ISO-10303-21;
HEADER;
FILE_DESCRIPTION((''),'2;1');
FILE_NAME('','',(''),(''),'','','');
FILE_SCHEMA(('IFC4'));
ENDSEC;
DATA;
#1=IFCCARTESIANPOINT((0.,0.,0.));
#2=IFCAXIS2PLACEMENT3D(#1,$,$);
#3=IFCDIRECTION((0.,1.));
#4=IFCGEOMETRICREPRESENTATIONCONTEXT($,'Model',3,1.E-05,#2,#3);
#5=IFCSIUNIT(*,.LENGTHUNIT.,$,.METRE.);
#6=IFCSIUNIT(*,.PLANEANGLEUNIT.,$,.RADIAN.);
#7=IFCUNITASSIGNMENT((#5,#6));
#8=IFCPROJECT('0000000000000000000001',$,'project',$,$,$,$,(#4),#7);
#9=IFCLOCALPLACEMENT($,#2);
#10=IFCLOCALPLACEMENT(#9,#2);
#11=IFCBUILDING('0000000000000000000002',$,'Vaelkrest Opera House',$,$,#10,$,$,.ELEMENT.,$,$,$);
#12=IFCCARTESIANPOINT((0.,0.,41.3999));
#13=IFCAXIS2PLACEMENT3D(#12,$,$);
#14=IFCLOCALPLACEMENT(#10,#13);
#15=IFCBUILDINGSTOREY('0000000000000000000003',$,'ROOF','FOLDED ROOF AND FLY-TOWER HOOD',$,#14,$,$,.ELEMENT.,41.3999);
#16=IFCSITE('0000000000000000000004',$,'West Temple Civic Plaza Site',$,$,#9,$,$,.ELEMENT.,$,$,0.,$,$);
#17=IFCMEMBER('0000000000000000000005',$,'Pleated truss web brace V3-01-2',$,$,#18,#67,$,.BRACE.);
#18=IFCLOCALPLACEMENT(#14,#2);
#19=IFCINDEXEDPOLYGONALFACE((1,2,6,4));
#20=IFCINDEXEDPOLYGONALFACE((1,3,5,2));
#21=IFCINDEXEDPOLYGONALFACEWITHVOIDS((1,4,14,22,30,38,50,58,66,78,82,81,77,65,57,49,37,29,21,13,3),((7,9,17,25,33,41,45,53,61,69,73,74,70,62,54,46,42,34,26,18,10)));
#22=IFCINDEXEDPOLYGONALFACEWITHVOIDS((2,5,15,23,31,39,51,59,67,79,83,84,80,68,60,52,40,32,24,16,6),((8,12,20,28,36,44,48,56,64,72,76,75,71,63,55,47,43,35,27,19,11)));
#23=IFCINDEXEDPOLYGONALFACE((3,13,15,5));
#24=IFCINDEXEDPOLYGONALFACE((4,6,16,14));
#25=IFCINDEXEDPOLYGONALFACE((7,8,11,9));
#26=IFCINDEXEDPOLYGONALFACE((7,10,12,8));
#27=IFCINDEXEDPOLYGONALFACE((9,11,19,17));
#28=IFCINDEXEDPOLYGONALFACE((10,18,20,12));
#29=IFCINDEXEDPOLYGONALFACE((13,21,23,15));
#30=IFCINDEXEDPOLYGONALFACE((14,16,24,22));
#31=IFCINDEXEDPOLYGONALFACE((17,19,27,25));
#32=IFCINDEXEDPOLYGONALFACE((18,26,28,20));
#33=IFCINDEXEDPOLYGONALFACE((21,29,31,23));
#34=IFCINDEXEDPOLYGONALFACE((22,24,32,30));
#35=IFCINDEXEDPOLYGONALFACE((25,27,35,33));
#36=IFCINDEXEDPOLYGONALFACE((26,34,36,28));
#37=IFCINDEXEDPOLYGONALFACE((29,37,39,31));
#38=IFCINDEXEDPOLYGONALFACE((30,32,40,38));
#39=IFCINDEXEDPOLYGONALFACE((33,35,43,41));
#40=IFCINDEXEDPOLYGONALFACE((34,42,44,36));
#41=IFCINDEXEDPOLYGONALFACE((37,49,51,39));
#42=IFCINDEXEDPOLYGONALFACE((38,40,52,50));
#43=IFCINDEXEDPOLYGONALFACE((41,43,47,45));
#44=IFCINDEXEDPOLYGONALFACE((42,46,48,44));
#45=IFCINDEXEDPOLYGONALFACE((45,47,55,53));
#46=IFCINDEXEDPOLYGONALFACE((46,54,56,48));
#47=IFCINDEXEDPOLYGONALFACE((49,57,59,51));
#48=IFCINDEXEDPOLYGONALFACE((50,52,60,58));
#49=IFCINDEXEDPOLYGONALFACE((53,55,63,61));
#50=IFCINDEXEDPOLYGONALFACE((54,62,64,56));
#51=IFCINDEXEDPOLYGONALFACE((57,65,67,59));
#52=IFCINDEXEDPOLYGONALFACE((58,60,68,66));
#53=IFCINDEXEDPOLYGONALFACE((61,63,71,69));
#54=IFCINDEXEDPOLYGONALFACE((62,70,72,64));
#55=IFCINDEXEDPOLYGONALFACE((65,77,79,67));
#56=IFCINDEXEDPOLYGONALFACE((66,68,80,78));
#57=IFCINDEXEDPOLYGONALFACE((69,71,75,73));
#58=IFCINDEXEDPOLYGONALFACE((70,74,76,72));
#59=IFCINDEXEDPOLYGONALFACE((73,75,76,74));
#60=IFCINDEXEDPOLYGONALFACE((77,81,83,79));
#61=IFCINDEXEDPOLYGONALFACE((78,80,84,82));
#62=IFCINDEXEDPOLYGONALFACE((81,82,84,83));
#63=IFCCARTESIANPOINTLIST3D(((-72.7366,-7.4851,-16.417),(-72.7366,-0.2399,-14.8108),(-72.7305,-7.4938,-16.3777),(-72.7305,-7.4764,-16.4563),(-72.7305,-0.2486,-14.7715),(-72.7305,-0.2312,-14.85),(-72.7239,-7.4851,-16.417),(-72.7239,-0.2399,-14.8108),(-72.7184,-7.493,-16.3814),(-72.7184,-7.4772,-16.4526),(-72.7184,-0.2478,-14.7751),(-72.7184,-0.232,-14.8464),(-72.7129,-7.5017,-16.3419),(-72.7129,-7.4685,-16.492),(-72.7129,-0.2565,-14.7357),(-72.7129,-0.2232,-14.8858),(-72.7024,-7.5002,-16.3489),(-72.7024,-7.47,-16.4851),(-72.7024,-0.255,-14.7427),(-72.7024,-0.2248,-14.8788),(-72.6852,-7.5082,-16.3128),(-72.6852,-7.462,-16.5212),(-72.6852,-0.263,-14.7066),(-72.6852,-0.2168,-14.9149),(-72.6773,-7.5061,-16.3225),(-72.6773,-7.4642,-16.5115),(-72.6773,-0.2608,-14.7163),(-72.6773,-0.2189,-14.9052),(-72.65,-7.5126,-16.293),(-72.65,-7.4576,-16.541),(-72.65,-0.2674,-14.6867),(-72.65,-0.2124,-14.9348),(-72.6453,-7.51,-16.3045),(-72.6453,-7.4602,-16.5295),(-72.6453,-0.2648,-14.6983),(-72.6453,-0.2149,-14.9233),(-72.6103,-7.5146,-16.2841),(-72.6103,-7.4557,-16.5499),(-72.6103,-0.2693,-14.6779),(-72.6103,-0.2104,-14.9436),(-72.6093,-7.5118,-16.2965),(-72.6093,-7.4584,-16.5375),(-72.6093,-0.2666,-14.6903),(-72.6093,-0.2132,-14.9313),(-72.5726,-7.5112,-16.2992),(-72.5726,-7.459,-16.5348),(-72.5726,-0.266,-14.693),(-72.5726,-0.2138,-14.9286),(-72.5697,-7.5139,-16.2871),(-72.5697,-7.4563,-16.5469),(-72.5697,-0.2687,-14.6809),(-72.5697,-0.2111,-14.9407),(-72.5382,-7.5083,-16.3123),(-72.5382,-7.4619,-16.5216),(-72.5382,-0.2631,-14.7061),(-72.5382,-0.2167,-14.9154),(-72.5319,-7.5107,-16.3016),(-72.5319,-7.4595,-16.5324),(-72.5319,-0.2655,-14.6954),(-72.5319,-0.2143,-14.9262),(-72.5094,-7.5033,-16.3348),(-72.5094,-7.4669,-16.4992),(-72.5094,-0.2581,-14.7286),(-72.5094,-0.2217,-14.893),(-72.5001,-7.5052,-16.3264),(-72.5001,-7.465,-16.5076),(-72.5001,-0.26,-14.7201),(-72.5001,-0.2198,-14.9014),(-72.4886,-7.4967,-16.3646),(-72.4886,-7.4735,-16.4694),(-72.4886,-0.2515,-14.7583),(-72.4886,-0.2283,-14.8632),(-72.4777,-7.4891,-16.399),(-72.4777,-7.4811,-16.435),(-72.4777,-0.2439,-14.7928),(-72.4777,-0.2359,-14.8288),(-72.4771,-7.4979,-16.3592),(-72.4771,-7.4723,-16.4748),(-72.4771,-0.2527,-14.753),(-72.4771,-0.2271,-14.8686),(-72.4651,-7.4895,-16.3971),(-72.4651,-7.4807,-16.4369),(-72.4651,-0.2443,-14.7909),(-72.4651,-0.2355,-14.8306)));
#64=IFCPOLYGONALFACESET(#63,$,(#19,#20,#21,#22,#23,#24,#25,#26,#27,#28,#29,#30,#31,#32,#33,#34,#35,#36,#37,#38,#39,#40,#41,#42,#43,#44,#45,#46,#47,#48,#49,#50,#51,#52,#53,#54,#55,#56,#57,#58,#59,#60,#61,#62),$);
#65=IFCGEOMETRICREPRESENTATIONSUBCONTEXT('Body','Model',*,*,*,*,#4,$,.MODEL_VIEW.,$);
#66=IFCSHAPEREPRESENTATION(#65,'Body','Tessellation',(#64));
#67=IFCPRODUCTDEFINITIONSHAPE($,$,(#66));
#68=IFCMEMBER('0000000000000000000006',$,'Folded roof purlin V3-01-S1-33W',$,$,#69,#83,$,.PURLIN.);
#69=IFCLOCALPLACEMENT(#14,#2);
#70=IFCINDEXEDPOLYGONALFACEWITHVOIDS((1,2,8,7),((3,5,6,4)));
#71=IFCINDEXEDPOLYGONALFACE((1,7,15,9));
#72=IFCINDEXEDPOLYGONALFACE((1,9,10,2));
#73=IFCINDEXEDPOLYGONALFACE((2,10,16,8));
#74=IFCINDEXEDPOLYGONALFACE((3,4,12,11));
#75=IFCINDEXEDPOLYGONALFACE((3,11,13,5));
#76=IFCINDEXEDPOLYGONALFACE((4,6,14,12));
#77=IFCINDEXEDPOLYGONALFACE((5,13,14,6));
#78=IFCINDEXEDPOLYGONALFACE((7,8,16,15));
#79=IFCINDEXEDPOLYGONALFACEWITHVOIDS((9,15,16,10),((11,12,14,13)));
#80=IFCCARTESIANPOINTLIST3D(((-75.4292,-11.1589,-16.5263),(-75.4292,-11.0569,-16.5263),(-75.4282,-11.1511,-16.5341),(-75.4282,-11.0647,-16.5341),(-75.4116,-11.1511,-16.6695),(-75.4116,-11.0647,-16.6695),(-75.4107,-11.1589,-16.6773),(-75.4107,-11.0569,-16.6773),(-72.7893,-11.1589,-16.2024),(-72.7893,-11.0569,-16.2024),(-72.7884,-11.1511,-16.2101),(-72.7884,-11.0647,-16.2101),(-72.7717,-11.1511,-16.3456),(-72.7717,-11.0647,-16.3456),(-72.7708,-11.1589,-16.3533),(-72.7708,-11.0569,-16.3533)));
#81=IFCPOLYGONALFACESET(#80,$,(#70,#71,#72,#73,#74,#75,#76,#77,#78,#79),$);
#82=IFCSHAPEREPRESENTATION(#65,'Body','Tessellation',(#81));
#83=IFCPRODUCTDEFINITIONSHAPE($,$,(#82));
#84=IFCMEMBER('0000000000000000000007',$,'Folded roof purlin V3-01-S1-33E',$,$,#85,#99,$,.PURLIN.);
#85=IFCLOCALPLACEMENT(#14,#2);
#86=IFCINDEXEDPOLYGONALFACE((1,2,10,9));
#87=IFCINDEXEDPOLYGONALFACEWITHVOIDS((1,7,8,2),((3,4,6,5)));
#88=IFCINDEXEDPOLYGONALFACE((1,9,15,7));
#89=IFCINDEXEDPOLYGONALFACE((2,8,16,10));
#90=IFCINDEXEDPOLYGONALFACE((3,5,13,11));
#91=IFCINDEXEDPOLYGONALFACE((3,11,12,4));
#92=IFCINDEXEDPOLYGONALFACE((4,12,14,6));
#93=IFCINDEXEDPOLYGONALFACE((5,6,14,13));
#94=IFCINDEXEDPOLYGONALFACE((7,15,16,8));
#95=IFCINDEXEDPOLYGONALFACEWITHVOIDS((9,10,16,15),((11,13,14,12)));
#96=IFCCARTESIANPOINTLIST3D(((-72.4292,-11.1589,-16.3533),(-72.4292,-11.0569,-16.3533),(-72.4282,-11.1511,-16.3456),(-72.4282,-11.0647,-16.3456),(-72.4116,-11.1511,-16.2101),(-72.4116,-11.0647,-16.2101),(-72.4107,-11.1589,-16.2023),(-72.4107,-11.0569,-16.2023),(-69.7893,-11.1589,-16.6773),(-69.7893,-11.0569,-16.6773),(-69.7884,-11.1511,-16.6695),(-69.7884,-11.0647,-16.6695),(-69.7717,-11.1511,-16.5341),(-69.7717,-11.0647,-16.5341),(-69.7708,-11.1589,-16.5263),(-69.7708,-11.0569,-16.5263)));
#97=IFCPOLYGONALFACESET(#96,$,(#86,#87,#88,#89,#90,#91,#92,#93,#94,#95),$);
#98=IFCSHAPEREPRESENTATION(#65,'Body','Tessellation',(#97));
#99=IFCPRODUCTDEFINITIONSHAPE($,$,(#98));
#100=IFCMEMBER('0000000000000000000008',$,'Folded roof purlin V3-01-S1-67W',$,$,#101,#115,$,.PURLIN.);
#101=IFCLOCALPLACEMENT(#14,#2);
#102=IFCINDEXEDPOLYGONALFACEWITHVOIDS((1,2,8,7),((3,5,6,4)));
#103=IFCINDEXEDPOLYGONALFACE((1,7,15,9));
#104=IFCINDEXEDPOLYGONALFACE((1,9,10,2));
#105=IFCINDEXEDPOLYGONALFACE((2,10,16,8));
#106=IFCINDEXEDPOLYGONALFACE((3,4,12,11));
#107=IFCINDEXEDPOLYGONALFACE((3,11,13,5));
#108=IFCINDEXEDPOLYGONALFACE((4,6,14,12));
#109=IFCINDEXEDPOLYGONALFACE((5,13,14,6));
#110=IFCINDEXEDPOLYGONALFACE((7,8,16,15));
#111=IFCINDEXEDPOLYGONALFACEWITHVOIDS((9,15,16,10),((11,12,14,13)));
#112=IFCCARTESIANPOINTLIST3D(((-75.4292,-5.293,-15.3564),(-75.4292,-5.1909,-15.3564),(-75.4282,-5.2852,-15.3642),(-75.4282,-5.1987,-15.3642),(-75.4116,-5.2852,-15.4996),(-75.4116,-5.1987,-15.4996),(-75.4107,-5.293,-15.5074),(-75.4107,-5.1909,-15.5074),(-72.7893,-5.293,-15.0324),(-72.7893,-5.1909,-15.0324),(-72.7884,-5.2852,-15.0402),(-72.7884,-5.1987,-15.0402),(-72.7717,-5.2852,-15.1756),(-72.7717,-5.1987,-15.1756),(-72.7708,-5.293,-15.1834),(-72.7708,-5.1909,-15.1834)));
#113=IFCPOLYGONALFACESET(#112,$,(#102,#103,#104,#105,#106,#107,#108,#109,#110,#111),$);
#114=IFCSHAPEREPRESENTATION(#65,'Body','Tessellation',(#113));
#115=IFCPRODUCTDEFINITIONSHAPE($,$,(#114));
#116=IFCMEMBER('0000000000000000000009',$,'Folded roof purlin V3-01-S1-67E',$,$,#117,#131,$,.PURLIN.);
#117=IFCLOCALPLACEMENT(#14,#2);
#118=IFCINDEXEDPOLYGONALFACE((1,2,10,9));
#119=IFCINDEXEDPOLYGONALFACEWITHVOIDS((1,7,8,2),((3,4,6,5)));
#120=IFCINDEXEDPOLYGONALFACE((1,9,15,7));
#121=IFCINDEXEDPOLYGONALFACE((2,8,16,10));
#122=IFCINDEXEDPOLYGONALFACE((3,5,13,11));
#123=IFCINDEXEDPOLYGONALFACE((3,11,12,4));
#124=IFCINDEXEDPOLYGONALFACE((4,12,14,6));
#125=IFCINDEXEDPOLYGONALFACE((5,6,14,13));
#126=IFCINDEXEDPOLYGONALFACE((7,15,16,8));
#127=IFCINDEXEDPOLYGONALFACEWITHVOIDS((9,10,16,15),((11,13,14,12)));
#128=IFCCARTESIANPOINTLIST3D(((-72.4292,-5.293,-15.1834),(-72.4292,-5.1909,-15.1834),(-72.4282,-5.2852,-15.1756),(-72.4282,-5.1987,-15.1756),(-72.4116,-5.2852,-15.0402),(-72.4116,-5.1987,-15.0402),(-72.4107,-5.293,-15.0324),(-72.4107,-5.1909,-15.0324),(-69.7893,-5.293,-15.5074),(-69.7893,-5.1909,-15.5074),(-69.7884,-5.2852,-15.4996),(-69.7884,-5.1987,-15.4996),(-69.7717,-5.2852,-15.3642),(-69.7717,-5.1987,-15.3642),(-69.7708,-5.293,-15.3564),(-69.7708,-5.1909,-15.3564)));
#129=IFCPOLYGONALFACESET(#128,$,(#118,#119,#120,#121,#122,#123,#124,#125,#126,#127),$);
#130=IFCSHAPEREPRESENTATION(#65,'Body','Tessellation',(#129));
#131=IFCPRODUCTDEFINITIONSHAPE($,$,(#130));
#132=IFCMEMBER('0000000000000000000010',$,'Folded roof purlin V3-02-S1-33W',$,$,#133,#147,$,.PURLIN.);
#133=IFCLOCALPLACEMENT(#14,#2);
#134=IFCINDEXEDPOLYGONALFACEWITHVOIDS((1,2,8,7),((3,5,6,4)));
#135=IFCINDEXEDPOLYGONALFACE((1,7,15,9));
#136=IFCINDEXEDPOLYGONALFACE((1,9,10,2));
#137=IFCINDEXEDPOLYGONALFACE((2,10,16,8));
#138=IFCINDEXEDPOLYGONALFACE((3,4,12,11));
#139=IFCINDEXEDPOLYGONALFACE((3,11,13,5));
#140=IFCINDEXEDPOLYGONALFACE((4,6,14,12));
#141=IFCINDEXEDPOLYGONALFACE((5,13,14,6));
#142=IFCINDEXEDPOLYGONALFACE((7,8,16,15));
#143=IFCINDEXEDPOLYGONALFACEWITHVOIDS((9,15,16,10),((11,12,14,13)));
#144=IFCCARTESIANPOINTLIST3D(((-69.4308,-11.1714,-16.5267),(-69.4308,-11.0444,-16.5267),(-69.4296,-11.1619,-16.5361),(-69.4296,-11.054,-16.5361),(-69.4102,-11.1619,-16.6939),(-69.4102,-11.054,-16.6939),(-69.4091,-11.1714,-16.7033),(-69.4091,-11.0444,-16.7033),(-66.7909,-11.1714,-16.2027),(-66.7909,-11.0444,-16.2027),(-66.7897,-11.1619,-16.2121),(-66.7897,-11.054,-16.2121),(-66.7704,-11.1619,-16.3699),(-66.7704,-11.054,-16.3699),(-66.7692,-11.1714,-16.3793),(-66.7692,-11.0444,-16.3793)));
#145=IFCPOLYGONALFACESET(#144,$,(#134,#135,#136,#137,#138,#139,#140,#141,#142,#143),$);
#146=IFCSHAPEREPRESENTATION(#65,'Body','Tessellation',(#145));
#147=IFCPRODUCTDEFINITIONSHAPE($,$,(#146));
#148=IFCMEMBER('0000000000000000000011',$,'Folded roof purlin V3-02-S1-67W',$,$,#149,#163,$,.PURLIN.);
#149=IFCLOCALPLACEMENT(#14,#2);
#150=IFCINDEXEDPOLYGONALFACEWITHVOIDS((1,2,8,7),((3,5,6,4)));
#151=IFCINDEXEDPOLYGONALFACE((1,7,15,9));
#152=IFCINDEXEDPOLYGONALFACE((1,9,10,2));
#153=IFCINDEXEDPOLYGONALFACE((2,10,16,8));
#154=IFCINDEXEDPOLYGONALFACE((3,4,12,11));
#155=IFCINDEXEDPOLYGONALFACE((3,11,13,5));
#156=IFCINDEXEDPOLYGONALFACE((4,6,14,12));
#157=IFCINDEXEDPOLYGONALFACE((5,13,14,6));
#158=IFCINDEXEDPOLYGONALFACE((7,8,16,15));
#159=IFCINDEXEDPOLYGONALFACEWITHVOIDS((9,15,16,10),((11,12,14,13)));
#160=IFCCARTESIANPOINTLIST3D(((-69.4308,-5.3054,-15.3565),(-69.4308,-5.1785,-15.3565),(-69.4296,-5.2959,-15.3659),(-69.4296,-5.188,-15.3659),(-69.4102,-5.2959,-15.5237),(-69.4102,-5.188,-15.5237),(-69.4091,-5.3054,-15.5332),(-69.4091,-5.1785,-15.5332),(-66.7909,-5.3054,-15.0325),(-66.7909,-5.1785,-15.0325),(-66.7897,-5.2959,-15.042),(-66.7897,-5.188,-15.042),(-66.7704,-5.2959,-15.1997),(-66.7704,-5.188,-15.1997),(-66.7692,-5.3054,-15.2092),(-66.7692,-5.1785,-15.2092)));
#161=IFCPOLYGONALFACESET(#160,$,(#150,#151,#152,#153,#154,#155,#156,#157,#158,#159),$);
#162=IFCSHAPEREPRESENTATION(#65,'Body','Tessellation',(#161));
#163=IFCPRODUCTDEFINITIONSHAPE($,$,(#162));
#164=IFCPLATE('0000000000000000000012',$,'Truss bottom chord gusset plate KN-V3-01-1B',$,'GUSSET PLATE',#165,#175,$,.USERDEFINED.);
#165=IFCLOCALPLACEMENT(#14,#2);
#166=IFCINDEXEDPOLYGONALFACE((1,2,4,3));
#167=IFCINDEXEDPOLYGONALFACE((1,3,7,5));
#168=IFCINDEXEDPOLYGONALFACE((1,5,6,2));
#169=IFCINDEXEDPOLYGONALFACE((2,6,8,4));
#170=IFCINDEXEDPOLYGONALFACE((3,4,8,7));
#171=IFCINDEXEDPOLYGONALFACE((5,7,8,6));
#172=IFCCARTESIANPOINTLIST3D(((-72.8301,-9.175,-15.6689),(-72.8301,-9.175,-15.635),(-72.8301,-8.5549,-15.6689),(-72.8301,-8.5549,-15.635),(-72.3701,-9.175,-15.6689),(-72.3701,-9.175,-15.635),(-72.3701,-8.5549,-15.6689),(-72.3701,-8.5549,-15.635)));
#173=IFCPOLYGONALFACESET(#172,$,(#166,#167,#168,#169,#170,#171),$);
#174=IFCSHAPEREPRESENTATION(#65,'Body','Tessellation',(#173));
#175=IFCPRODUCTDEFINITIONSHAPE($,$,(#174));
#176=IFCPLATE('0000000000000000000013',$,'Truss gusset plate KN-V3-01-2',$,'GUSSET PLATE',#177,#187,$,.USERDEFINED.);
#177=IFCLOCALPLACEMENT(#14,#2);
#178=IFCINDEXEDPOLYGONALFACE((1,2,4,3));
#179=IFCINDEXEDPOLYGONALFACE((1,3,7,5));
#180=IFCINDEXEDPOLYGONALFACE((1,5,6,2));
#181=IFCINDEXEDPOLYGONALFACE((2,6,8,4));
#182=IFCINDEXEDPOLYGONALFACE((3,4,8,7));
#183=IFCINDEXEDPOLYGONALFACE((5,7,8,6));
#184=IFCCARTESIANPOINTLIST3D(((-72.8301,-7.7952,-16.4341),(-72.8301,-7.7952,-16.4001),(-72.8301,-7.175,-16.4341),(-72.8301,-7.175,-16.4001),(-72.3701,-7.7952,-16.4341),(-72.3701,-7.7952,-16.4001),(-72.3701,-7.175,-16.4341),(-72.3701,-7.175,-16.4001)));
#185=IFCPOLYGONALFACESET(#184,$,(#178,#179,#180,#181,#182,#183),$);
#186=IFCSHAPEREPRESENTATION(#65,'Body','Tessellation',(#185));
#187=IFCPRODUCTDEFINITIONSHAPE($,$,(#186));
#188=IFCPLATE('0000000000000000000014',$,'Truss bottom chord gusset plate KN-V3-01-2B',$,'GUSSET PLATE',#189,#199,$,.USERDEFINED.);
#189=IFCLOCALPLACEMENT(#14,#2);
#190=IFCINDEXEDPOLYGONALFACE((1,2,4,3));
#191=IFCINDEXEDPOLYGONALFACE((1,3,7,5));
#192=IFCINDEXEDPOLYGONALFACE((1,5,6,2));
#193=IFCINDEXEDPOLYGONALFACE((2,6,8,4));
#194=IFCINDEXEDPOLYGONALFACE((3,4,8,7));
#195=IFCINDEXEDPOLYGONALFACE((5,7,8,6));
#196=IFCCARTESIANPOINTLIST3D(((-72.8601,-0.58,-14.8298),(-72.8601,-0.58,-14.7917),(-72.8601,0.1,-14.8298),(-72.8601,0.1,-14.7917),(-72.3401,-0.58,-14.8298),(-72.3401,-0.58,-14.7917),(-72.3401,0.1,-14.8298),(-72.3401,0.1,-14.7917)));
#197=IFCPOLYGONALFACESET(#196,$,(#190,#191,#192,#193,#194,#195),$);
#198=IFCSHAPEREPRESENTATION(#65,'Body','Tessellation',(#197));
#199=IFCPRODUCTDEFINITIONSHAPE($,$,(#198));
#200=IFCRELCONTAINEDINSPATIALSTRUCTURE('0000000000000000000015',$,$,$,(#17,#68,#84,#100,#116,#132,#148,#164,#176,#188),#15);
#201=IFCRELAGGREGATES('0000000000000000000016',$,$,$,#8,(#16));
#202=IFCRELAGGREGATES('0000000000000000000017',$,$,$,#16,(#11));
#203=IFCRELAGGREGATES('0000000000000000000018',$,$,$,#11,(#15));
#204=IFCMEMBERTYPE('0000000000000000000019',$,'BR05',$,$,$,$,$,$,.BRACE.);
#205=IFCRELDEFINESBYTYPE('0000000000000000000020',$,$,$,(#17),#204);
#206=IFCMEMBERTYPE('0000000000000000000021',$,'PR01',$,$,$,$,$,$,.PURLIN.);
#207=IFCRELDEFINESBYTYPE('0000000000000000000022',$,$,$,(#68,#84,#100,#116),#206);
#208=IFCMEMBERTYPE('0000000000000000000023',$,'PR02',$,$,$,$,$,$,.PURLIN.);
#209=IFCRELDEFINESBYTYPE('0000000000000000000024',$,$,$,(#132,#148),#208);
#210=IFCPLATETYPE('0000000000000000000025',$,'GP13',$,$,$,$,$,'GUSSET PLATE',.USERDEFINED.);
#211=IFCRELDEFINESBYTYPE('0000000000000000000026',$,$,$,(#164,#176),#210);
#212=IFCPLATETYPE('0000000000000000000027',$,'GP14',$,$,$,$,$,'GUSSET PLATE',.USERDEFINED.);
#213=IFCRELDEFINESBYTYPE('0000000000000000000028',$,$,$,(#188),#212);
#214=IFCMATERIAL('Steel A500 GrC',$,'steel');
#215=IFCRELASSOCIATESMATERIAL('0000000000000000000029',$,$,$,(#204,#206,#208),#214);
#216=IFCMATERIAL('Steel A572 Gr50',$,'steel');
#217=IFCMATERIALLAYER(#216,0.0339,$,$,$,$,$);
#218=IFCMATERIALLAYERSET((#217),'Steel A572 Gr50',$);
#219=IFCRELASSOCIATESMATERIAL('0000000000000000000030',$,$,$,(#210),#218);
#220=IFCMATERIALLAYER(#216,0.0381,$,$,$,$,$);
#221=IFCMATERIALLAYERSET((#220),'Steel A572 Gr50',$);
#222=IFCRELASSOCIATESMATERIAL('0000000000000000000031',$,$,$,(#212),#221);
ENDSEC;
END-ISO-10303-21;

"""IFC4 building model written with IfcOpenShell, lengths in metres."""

from ifc_helpers import new_model, si_unit, direction, frame, origin, origin_2d, place, context, subcontext, project, spatial, rectangle, hollow_rectangle, hollow_circle, extrude, material, layer, layer_set, material_profile, profile_set, type_object, element, save


model = new_model("IFC4")

# Units and contexts
model_context = context("Model", 3, precision=1e-05, world=origin(), true_north=direction((0.0, 1.0)))
body_context = subcontext(model_context, "Body", "Model", "MODEL_VIEW")
ifc_project = project(units=[si_unit("LENGTHUNIT", "METRE"), si_unit("PLANEANGLEUNIT", "RADIAN")], contexts=[model_context])

# Site, building, storey
site_placement = place(None, origin())
site = spatial("IfcSite", under=ifc_project, at=site_placement, Name="West Temple Civic Plaza Site", CompositionType="ELEMENT", RefElevation=0.0)
building_placement = place(site_placement, origin())
building = spatial("IfcBuilding", under=site, at=building_placement, Name="Vaelkrest Opera House", CompositionType="ELEMENT")
storey_placement = place(building_placement, frame((0.0, 0.0, 41.3999)))
storey = spatial("IfcBuildingStorey", under=building, at=storey_placement, Name="ROOF", Description="FOLDED ROOF AND FLY-TOWER HOOD", CompositionType="ELEMENT", Elevation=41.3999)

# Members
ifc_material_1 = material(Name="Steel A500 GrC", Category="steel")
ifc_material_profile_1 = material_profile(ifc_material_1, hollow_circle(Radius=0.1365, WallThickness=0.0127, at=origin_2d()), Name="HSS273.1X12.7")
ifc_profile_set_1 = profile_set([ifc_material_profile_1], Name="Steel A500 GrC")
member_type_1 = type_object("IfcMemberType", Name="BR05", PredefinedType="BRACE", material=ifc_profile_set_1)
member_placement = place(storey_placement, frame((-72.6001, -7.4851, -16.417), z_axis=(0.0, 0.976296, 0.216439), x_axis=(-1.0, 0.0, 0.0)))
element("IfcMember", 1, at=member_placement, inside=storey, type_object=member_type_1, Name="Pleated truss web brace V3-01-2", PredefinedType="BRACE", context=body_context, shape_type="SweptSolid", body=[
    extrude(hollow_circle(Radius=0.1365, WallThickness=0.0127, at=origin_2d()), origin(), (0.0, 0.0, 1.0), 7.4211),
])
ifc_material_profile_2 = material_profile(ifc_material_1, hollow_rectangle(XDim=0.1021, YDim=0.1521, WallThickness=0.0078, at=origin_2d()), Name="HSS152X102X8")
ifc_profile_set_2 = profile_set([ifc_material_profile_2], Name="Steel A500 GrC")
member_type_2 = type_object("IfcMemberType", Name="PR01", PredefinedType="PURLIN", material=ifc_profile_set_2)
for number, where, z_axis, x_axis, name in (
    (2, (-75.4199, -11.1079, -16.6018), (0.992554, 0.0, 0.121809), (0.0, 1.0, 0.0), "Folded roof purlin V3-01-S1-33W"),
    (3, (-72.4199, -11.1079, -16.2778), (0.992554, 0.0, -0.121809), (0.0, 1.0, 0.0), "Folded roof purlin V3-01-S1-33E"),
    (4, (-75.4199, -5.2419, -15.4319), (0.992554, 0.0, 0.121809), (0.0, 1.0, 0.0), "Folded roof purlin V3-01-S1-67W"),
    (5, (-72.4199, -5.2419, -15.1079), (0.992554, 0.0, -0.121809), (0.0, 1.0, 0.0), "Folded roof purlin V3-01-S1-67E"),
):
    element("IfcMember", number, at=place(storey_placement, frame(where, z_axis=z_axis, x_axis=x_axis)), inside=storey, type_object=member_type_2, Name=name, PredefinedType="PURLIN", context=body_context, shape_type="SweptSolid", body=[
        extrude(hollow_rectangle(XDim=0.1021, YDim=0.1521, WallThickness=0.0078, at=origin_2d()), origin(), (0.0, 0.0, 1.0), 2.6597),
    ])
ifc_material_profile_3 = material_profile(ifc_material_1, hollow_rectangle(XDim=0.127, YDim=0.178, WallThickness=0.0095, at=origin_2d()), Name="HSS178X127X9.5")
ifc_profile_set_3 = profile_set([ifc_material_profile_3], Name="Steel A500 GrC")
member_type_3 = type_object("IfcMemberType", Name="PR02", PredefinedType="PURLIN", material=ifc_profile_set_3)
for number, where, z_axis, x_axis, name in (
    (6, (-69.4199, -11.1079, -16.615), (0.992554, 0.0, 0.121809), (0.0, 1.0, 0.0), "Folded roof purlin V3-02-S1-33W"),
    (7, (-69.4199, -5.2419, -15.4448), (0.992554, 0.0, 0.121809), (0.0, 1.0, 0.0), "Folded roof purlin V3-02-S1-67W"),
):
    element("IfcMember", number, at=place(storey_placement, frame(where, z_axis=z_axis, x_axis=x_axis)), inside=storey, type_object=member_type_3, Name=name, PredefinedType="PURLIN", context=body_context, shape_type="SweptSolid", body=[
        extrude(hollow_rectangle(XDim=0.127, YDim=0.178, WallThickness=0.0095, at=origin_2d()), origin(), (0.0, 0.0, 1.0), 2.6597),
    ])

# Plates
ifc_material_2 = material(Name="Steel A572 Gr50", Category="steel")
ifc_layer_1 = layer(ifc_material_2, 0.0339)
ifc_layer_set_1 = layer_set([ifc_layer_1], Name="Steel A572 Gr50")
plate_type_1 = type_object("IfcPlateType", Name="GP13", ElementType="GUSSET PLATE", PredefinedType="USERDEFINED", material=ifc_layer_set_1)
for number, where, z_axis, x_axis, name in (
    (8, (-72.6001, -8.865, -15.6689), (0.0, 0.0, 1.0), (0.0, 1.0, 0.0), "Truss bottom chord gusset plate KN-V3-01-1B"),
    (9, (-72.6001, -7.4851, -16.4341), (0.0, 0.0, 1.0), (0.0, 1.0, 0.0), "Truss gusset plate KN-V3-01-2"),
):
    element("IfcPlate", number, at=place(storey_placement, frame(where, z_axis=z_axis, x_axis=x_axis)), inside=storey, type_object=plate_type_1, Name=name, ObjectType="GUSSET PLATE", PredefinedType="USERDEFINED", context=body_context, shape_type="SweptSolid", body=[
        extrude(rectangle(XDim=0.6201, YDim=0.46, at=origin_2d()), origin(), (0.0, 0.0, 1.0), 0.0339),
    ])
ifc_layer_2 = layer(ifc_material_2, 0.0381)
ifc_layer_set_2 = layer_set([ifc_layer_2], Name="Steel A572 Gr50")
plate_type_2 = type_object("IfcPlateType", Name="GP14", ElementType="GUSSET PLATE", PredefinedType="USERDEFINED", material=ifc_layer_set_2)
plate_placement = place(storey_placement, frame((-72.6001, -0.24, -14.8298), z_axis=(0.0, 0.0, 1.0), x_axis=(0.0, 1.0, 0.0)))
element("IfcPlate", 10, at=plate_placement, inside=storey, type_object=plate_type_2, Name="Truss bottom chord gusset plate KN-V3-01-2B", ObjectType="GUSSET PLATE", PredefinedType="USERDEFINED", context=body_context, shape_type="SweptSolid", body=[
    extrude(rectangle(XDim=0.6799, YDim=0.52, at=origin_2d()), origin(), (0.0, 0.0, 1.0), 0.0381),
])

save(model, "model.ifc")
